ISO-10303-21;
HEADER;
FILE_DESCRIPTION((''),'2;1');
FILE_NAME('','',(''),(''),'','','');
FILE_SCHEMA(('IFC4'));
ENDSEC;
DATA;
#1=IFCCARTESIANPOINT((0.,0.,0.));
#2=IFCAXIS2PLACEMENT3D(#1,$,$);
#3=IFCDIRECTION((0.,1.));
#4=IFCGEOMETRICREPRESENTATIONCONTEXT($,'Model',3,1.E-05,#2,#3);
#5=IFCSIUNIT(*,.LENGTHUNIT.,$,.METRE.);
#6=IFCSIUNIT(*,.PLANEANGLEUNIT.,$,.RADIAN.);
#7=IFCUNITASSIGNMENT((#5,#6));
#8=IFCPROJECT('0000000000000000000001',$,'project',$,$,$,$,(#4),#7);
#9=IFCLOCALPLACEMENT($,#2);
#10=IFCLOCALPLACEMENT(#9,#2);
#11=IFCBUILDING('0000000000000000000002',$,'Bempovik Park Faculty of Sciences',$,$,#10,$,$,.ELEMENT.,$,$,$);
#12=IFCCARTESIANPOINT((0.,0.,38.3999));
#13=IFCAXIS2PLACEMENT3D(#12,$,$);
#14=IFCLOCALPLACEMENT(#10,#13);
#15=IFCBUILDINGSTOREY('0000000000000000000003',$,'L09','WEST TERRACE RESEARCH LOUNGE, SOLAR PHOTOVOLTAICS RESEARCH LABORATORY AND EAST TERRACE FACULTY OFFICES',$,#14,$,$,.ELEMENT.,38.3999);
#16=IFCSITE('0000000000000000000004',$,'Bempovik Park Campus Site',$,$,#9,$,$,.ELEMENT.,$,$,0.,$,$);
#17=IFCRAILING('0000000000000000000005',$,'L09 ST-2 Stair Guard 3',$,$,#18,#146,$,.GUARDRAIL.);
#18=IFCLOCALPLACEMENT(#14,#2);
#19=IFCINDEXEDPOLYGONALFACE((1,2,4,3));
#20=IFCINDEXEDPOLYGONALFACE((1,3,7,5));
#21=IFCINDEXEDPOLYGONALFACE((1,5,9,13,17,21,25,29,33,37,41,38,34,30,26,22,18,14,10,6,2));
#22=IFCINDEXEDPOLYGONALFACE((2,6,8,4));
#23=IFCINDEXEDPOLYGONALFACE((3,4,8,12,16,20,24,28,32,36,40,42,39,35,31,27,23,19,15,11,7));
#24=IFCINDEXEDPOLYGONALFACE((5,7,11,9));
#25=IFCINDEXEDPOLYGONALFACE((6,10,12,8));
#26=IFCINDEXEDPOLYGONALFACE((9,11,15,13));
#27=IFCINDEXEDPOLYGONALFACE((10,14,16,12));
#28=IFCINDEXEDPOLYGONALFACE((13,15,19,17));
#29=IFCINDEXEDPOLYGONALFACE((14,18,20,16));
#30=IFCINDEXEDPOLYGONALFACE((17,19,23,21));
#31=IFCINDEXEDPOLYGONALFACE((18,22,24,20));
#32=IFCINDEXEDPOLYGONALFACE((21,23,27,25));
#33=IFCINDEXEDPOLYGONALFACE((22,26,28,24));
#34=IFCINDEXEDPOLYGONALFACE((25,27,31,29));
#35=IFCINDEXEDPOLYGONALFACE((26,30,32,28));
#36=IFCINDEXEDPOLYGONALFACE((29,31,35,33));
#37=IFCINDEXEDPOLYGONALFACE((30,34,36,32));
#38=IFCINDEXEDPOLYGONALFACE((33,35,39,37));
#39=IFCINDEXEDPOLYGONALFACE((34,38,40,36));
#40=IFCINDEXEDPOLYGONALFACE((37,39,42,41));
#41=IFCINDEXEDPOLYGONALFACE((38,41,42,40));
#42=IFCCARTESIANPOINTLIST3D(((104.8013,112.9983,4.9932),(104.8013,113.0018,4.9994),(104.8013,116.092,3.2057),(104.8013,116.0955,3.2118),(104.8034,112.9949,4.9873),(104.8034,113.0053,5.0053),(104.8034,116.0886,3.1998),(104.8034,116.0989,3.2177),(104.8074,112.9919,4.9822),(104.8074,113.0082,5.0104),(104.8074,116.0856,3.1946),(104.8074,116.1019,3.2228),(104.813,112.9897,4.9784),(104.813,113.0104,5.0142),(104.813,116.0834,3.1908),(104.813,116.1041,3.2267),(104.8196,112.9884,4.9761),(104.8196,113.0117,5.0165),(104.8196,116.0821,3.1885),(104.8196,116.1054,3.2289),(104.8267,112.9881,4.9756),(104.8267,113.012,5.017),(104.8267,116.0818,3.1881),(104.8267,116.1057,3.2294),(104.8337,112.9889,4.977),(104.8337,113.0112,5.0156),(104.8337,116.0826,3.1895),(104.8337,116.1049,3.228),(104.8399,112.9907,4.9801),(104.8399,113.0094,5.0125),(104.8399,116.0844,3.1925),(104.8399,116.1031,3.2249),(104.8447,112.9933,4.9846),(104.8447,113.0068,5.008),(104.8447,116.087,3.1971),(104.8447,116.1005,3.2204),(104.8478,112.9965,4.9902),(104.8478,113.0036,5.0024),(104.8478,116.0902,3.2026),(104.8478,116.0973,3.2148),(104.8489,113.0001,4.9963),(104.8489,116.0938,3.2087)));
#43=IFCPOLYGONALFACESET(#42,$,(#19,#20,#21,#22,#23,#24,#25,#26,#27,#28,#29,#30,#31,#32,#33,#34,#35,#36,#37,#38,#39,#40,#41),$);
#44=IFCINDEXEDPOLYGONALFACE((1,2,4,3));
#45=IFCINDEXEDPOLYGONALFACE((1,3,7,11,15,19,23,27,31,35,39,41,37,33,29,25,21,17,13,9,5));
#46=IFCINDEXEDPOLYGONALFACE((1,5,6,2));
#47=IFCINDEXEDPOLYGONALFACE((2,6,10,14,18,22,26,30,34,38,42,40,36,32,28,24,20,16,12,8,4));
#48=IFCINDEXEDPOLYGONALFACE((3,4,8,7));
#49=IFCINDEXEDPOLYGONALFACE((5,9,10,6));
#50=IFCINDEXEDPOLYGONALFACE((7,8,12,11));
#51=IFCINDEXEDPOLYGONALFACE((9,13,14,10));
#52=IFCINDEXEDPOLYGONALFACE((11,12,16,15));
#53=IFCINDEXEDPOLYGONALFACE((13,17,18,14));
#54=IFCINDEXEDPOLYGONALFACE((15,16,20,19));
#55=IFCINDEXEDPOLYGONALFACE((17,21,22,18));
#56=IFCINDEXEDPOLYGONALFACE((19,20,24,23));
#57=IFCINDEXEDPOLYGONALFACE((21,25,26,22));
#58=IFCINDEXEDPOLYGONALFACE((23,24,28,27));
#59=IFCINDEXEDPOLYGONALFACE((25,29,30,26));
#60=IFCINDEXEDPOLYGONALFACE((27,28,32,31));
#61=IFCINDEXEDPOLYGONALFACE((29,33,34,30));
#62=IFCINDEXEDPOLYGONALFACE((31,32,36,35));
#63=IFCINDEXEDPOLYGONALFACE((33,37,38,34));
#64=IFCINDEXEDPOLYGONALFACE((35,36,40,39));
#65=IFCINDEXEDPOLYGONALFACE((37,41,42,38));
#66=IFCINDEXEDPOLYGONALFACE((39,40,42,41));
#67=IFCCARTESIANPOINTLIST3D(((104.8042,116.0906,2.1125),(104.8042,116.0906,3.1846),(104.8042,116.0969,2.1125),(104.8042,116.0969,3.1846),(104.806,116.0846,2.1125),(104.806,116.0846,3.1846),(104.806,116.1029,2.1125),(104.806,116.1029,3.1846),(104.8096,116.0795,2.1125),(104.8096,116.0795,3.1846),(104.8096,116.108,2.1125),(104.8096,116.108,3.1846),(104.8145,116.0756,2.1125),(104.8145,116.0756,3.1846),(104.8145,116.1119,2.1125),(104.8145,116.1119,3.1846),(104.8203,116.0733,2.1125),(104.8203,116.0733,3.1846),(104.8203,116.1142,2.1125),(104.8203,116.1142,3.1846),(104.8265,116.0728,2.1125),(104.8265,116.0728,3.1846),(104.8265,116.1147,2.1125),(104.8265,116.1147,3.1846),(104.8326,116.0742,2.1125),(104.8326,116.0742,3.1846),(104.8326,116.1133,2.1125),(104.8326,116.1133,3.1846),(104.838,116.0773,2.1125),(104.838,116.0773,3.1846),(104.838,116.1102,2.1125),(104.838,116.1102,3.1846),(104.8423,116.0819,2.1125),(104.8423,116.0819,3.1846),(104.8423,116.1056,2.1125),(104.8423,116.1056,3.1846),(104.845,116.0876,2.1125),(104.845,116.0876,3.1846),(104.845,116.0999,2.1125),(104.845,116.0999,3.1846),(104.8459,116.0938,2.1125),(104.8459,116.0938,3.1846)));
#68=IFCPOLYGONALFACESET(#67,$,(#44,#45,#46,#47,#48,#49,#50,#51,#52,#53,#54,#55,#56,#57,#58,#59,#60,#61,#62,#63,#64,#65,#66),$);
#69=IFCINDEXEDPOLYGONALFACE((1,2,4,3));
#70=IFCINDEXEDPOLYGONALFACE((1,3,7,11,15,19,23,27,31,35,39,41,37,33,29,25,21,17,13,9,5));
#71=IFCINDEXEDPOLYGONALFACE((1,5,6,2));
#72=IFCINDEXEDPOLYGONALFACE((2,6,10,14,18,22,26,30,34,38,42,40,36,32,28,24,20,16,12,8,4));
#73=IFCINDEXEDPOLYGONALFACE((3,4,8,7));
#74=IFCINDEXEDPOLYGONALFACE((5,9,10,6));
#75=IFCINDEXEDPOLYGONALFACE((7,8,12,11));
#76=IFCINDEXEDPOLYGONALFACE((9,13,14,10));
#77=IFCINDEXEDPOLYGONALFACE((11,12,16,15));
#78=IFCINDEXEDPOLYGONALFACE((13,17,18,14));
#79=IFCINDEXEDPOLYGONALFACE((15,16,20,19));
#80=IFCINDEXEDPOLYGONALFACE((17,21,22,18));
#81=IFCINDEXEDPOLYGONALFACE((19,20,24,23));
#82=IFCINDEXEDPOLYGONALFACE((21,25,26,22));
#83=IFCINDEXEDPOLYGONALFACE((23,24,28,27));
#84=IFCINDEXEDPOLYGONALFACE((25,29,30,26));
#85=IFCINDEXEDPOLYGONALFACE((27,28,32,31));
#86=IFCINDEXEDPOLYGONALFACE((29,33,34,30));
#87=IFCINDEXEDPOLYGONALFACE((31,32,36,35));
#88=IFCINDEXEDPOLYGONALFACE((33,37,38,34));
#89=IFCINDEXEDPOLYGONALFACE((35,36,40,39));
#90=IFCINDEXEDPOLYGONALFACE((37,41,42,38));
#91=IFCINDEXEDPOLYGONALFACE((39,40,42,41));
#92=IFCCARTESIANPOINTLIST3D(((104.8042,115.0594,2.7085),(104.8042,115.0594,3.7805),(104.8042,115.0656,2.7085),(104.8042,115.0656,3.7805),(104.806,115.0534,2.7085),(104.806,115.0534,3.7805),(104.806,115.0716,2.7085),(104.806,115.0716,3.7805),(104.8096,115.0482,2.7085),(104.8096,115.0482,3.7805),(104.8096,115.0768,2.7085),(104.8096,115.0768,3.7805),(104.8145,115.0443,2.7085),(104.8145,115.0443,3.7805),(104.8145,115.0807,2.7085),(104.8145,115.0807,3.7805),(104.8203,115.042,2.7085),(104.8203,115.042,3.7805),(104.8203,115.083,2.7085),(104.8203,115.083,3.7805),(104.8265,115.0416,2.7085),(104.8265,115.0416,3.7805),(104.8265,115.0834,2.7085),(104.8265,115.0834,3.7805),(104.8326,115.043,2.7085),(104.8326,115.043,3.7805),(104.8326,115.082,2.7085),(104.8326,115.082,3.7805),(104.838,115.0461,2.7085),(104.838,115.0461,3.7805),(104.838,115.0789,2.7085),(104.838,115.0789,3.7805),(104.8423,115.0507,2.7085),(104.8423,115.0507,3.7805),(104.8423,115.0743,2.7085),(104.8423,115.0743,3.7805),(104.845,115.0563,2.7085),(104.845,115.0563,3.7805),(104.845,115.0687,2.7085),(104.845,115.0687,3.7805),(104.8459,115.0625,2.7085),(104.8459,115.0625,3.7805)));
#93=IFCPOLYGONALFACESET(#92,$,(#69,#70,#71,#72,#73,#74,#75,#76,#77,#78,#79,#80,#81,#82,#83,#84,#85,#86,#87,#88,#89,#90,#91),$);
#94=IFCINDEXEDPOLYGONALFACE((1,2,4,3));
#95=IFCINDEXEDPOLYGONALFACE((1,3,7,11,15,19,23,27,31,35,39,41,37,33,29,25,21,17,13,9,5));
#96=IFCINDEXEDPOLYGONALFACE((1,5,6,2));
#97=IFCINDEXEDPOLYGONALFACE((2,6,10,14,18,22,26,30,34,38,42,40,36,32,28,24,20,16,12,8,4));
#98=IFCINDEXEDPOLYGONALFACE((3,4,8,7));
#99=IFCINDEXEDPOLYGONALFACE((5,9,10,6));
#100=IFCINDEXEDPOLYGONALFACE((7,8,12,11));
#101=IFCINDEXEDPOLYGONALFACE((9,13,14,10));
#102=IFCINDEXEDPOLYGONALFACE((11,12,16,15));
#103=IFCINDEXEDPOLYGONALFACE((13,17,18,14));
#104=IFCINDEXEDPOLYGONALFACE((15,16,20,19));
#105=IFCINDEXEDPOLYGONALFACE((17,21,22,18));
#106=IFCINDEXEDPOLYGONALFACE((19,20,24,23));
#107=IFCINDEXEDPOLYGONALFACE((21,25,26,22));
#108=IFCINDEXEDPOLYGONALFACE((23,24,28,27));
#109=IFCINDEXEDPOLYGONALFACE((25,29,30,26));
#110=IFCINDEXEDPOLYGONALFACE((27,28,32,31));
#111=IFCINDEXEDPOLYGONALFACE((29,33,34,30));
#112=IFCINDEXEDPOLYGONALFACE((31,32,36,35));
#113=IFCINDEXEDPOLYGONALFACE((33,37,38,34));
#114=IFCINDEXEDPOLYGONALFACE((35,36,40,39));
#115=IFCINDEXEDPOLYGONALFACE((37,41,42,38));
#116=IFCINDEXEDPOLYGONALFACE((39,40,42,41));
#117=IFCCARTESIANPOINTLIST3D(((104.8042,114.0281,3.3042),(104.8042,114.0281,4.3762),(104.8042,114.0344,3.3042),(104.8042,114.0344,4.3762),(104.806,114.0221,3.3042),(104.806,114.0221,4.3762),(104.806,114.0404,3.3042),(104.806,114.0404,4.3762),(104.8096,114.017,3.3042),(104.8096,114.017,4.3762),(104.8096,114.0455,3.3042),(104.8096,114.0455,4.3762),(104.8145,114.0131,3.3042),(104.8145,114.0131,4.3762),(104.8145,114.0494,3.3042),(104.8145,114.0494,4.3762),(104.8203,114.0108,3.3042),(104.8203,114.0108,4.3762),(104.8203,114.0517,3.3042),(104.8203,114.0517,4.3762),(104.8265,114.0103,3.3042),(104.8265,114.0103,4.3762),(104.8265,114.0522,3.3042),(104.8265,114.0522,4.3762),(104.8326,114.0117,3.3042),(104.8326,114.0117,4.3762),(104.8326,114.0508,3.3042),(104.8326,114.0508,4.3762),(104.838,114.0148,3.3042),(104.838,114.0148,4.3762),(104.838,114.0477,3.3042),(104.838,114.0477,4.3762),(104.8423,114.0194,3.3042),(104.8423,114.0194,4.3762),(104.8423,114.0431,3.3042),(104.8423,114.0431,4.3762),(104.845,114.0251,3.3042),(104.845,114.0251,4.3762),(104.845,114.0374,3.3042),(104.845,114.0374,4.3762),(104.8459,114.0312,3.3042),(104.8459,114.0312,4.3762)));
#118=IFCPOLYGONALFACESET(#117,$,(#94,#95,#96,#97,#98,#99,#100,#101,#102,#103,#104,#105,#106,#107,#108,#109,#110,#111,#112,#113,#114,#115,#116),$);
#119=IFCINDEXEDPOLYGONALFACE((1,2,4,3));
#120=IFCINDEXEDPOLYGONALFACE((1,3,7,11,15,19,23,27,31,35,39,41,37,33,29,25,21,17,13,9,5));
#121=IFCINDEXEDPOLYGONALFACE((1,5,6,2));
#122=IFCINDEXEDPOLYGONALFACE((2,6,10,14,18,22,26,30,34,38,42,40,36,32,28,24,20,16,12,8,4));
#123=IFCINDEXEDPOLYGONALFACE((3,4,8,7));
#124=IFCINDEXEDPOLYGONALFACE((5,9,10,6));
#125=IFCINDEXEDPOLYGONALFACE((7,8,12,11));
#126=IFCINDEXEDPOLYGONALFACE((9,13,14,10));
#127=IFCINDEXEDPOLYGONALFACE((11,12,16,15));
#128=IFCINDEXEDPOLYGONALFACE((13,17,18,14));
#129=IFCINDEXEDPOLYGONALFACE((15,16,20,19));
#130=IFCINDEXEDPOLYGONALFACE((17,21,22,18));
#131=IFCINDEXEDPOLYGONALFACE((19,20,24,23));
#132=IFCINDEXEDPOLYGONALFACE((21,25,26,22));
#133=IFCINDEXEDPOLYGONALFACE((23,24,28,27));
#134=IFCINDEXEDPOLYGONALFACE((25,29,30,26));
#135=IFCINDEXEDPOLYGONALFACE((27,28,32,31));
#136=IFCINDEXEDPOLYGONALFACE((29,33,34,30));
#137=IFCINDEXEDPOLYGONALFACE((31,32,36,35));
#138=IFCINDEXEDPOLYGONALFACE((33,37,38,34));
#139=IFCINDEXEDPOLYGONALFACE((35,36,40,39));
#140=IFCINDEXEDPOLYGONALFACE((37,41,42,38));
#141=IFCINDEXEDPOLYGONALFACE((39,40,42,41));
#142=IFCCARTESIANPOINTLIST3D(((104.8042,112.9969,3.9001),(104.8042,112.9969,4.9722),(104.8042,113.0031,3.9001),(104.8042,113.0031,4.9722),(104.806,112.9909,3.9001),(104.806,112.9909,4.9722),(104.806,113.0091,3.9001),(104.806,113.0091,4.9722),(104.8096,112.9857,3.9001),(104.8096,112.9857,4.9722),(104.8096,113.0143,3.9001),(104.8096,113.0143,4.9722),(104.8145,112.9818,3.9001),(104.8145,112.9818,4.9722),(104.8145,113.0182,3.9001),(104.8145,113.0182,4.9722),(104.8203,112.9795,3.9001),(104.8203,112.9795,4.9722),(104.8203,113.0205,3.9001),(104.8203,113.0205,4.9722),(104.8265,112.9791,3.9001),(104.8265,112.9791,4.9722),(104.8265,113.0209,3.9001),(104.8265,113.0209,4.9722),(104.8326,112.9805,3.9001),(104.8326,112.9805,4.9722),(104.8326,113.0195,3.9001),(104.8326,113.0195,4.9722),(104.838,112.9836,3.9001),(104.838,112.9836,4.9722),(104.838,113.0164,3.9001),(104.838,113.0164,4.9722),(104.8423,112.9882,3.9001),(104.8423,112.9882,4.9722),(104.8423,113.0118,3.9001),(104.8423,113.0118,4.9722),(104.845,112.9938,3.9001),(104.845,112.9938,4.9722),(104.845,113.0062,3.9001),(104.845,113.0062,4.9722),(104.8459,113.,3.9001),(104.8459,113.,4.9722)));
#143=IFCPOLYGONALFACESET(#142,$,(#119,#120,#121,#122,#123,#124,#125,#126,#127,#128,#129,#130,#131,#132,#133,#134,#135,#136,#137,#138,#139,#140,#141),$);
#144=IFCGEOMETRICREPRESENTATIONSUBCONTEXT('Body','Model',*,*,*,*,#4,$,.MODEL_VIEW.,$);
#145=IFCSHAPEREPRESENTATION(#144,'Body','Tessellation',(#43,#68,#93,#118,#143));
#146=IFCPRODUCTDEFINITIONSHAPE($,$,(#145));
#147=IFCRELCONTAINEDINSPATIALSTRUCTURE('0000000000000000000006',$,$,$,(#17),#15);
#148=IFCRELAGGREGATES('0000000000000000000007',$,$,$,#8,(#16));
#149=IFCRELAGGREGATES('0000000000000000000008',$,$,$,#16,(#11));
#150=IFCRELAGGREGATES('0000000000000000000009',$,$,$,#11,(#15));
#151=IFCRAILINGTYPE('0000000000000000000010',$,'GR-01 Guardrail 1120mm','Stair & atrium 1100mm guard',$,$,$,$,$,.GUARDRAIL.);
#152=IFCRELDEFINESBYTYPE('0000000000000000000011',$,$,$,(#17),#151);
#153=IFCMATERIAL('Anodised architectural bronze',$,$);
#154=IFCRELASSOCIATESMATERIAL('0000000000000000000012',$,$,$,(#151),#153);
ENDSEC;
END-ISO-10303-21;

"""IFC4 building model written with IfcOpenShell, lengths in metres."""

from ifc_helpers import new_model, si_unit, direction, frame, origin, origin_2d, place, context, subcontext, project, spatial, circle, extrude, material, type_object, element, save


model = new_model("IFC4")

# Units and contexts
model_context = context("Model", 3, precision=1e-05, world=origin(), true_north=direction((0.0, 1.0)))
body_context = subcontext(model_context, "Body", "Model", "MODEL_VIEW")
ifc_project = project(units=[si_unit("LENGTHUNIT", "METRE"), si_unit("PLANEANGLEUNIT", "RADIAN")], contexts=[model_context])

# Site, building, storey
site_placement = place(None, origin())
site = spatial("IfcSite", under=ifc_project, at=site_placement, Name="Bempovik Park Campus Site", CompositionType="ELEMENT", RefElevation=0.0)
building_placement = place(site_placement, origin())
building = spatial("IfcBuilding", under=site, at=building_placement, Name="Bempovik Park Faculty of Sciences", CompositionType="ELEMENT")
storey_placement = place(building_placement, frame((0.0, 0.0, 38.3999)))
storey = spatial("IfcBuildingStorey", under=building, at=storey_placement, Name="L09", Description="WEST TERRACE RESEARCH LOUNGE, SOLAR PHOTOVOLTAICS RESEARCH LABORATORY AND EAST TERRACE FACULTY OFFICES", CompositionType="ELEMENT", Elevation=38.3999)

# Railing
ifc_material_1 = material(Name="Anodised architectural bronze")
railing_type_1 = type_object("IfcRailingType", Name="GR-01 Guardrail 1120mm", Description="Stair & atrium 1100mm guard", PredefinedType="GUARDRAIL", material=ifc_material_1)
railing_1_placement = place(storey_placement, frame((104.825, 116.0938, 2.1125)))
element("IfcRailing", 1, at=railing_1_placement, inside=storey, type_object=railing_type_1, Name="L09 ST-2 Stair Guard 3", PredefinedType="GUARDRAIL", context=body_context, shape_type="SweptSolid", body=[
    extrude(circle(Radius=0.0239, at=origin_2d()), frame((0.0, 0.0, 1.0962), z_axis=(0.0, -0.865853, 0.500298), x_axis=(1.0, 0.0, 0.0)), (0.0, 0.0, 1.0), 3.573),
    extrude(circle(Radius=0.021, at=origin_2d()), origin(), (0.0, 0.0, 1.0), 1.072),
    extrude(circle(Radius=0.021, at=origin_2d()), frame((0.0, -1.0312, 0.5959)), (0.0, 0.0, 1.0), 1.072),
    extrude(circle(Radius=0.021, at=origin_2d()), frame((0.0, -2.0625, 1.1917)), (0.0, 0.0, 1.0), 1.072),
    extrude(circle(Radius=0.021, at=origin_2d()), frame((0.0, -3.0938, 1.7876)), (0.0, 0.0, 1.0), 1.072),
])

save(model, "model.ifc")
